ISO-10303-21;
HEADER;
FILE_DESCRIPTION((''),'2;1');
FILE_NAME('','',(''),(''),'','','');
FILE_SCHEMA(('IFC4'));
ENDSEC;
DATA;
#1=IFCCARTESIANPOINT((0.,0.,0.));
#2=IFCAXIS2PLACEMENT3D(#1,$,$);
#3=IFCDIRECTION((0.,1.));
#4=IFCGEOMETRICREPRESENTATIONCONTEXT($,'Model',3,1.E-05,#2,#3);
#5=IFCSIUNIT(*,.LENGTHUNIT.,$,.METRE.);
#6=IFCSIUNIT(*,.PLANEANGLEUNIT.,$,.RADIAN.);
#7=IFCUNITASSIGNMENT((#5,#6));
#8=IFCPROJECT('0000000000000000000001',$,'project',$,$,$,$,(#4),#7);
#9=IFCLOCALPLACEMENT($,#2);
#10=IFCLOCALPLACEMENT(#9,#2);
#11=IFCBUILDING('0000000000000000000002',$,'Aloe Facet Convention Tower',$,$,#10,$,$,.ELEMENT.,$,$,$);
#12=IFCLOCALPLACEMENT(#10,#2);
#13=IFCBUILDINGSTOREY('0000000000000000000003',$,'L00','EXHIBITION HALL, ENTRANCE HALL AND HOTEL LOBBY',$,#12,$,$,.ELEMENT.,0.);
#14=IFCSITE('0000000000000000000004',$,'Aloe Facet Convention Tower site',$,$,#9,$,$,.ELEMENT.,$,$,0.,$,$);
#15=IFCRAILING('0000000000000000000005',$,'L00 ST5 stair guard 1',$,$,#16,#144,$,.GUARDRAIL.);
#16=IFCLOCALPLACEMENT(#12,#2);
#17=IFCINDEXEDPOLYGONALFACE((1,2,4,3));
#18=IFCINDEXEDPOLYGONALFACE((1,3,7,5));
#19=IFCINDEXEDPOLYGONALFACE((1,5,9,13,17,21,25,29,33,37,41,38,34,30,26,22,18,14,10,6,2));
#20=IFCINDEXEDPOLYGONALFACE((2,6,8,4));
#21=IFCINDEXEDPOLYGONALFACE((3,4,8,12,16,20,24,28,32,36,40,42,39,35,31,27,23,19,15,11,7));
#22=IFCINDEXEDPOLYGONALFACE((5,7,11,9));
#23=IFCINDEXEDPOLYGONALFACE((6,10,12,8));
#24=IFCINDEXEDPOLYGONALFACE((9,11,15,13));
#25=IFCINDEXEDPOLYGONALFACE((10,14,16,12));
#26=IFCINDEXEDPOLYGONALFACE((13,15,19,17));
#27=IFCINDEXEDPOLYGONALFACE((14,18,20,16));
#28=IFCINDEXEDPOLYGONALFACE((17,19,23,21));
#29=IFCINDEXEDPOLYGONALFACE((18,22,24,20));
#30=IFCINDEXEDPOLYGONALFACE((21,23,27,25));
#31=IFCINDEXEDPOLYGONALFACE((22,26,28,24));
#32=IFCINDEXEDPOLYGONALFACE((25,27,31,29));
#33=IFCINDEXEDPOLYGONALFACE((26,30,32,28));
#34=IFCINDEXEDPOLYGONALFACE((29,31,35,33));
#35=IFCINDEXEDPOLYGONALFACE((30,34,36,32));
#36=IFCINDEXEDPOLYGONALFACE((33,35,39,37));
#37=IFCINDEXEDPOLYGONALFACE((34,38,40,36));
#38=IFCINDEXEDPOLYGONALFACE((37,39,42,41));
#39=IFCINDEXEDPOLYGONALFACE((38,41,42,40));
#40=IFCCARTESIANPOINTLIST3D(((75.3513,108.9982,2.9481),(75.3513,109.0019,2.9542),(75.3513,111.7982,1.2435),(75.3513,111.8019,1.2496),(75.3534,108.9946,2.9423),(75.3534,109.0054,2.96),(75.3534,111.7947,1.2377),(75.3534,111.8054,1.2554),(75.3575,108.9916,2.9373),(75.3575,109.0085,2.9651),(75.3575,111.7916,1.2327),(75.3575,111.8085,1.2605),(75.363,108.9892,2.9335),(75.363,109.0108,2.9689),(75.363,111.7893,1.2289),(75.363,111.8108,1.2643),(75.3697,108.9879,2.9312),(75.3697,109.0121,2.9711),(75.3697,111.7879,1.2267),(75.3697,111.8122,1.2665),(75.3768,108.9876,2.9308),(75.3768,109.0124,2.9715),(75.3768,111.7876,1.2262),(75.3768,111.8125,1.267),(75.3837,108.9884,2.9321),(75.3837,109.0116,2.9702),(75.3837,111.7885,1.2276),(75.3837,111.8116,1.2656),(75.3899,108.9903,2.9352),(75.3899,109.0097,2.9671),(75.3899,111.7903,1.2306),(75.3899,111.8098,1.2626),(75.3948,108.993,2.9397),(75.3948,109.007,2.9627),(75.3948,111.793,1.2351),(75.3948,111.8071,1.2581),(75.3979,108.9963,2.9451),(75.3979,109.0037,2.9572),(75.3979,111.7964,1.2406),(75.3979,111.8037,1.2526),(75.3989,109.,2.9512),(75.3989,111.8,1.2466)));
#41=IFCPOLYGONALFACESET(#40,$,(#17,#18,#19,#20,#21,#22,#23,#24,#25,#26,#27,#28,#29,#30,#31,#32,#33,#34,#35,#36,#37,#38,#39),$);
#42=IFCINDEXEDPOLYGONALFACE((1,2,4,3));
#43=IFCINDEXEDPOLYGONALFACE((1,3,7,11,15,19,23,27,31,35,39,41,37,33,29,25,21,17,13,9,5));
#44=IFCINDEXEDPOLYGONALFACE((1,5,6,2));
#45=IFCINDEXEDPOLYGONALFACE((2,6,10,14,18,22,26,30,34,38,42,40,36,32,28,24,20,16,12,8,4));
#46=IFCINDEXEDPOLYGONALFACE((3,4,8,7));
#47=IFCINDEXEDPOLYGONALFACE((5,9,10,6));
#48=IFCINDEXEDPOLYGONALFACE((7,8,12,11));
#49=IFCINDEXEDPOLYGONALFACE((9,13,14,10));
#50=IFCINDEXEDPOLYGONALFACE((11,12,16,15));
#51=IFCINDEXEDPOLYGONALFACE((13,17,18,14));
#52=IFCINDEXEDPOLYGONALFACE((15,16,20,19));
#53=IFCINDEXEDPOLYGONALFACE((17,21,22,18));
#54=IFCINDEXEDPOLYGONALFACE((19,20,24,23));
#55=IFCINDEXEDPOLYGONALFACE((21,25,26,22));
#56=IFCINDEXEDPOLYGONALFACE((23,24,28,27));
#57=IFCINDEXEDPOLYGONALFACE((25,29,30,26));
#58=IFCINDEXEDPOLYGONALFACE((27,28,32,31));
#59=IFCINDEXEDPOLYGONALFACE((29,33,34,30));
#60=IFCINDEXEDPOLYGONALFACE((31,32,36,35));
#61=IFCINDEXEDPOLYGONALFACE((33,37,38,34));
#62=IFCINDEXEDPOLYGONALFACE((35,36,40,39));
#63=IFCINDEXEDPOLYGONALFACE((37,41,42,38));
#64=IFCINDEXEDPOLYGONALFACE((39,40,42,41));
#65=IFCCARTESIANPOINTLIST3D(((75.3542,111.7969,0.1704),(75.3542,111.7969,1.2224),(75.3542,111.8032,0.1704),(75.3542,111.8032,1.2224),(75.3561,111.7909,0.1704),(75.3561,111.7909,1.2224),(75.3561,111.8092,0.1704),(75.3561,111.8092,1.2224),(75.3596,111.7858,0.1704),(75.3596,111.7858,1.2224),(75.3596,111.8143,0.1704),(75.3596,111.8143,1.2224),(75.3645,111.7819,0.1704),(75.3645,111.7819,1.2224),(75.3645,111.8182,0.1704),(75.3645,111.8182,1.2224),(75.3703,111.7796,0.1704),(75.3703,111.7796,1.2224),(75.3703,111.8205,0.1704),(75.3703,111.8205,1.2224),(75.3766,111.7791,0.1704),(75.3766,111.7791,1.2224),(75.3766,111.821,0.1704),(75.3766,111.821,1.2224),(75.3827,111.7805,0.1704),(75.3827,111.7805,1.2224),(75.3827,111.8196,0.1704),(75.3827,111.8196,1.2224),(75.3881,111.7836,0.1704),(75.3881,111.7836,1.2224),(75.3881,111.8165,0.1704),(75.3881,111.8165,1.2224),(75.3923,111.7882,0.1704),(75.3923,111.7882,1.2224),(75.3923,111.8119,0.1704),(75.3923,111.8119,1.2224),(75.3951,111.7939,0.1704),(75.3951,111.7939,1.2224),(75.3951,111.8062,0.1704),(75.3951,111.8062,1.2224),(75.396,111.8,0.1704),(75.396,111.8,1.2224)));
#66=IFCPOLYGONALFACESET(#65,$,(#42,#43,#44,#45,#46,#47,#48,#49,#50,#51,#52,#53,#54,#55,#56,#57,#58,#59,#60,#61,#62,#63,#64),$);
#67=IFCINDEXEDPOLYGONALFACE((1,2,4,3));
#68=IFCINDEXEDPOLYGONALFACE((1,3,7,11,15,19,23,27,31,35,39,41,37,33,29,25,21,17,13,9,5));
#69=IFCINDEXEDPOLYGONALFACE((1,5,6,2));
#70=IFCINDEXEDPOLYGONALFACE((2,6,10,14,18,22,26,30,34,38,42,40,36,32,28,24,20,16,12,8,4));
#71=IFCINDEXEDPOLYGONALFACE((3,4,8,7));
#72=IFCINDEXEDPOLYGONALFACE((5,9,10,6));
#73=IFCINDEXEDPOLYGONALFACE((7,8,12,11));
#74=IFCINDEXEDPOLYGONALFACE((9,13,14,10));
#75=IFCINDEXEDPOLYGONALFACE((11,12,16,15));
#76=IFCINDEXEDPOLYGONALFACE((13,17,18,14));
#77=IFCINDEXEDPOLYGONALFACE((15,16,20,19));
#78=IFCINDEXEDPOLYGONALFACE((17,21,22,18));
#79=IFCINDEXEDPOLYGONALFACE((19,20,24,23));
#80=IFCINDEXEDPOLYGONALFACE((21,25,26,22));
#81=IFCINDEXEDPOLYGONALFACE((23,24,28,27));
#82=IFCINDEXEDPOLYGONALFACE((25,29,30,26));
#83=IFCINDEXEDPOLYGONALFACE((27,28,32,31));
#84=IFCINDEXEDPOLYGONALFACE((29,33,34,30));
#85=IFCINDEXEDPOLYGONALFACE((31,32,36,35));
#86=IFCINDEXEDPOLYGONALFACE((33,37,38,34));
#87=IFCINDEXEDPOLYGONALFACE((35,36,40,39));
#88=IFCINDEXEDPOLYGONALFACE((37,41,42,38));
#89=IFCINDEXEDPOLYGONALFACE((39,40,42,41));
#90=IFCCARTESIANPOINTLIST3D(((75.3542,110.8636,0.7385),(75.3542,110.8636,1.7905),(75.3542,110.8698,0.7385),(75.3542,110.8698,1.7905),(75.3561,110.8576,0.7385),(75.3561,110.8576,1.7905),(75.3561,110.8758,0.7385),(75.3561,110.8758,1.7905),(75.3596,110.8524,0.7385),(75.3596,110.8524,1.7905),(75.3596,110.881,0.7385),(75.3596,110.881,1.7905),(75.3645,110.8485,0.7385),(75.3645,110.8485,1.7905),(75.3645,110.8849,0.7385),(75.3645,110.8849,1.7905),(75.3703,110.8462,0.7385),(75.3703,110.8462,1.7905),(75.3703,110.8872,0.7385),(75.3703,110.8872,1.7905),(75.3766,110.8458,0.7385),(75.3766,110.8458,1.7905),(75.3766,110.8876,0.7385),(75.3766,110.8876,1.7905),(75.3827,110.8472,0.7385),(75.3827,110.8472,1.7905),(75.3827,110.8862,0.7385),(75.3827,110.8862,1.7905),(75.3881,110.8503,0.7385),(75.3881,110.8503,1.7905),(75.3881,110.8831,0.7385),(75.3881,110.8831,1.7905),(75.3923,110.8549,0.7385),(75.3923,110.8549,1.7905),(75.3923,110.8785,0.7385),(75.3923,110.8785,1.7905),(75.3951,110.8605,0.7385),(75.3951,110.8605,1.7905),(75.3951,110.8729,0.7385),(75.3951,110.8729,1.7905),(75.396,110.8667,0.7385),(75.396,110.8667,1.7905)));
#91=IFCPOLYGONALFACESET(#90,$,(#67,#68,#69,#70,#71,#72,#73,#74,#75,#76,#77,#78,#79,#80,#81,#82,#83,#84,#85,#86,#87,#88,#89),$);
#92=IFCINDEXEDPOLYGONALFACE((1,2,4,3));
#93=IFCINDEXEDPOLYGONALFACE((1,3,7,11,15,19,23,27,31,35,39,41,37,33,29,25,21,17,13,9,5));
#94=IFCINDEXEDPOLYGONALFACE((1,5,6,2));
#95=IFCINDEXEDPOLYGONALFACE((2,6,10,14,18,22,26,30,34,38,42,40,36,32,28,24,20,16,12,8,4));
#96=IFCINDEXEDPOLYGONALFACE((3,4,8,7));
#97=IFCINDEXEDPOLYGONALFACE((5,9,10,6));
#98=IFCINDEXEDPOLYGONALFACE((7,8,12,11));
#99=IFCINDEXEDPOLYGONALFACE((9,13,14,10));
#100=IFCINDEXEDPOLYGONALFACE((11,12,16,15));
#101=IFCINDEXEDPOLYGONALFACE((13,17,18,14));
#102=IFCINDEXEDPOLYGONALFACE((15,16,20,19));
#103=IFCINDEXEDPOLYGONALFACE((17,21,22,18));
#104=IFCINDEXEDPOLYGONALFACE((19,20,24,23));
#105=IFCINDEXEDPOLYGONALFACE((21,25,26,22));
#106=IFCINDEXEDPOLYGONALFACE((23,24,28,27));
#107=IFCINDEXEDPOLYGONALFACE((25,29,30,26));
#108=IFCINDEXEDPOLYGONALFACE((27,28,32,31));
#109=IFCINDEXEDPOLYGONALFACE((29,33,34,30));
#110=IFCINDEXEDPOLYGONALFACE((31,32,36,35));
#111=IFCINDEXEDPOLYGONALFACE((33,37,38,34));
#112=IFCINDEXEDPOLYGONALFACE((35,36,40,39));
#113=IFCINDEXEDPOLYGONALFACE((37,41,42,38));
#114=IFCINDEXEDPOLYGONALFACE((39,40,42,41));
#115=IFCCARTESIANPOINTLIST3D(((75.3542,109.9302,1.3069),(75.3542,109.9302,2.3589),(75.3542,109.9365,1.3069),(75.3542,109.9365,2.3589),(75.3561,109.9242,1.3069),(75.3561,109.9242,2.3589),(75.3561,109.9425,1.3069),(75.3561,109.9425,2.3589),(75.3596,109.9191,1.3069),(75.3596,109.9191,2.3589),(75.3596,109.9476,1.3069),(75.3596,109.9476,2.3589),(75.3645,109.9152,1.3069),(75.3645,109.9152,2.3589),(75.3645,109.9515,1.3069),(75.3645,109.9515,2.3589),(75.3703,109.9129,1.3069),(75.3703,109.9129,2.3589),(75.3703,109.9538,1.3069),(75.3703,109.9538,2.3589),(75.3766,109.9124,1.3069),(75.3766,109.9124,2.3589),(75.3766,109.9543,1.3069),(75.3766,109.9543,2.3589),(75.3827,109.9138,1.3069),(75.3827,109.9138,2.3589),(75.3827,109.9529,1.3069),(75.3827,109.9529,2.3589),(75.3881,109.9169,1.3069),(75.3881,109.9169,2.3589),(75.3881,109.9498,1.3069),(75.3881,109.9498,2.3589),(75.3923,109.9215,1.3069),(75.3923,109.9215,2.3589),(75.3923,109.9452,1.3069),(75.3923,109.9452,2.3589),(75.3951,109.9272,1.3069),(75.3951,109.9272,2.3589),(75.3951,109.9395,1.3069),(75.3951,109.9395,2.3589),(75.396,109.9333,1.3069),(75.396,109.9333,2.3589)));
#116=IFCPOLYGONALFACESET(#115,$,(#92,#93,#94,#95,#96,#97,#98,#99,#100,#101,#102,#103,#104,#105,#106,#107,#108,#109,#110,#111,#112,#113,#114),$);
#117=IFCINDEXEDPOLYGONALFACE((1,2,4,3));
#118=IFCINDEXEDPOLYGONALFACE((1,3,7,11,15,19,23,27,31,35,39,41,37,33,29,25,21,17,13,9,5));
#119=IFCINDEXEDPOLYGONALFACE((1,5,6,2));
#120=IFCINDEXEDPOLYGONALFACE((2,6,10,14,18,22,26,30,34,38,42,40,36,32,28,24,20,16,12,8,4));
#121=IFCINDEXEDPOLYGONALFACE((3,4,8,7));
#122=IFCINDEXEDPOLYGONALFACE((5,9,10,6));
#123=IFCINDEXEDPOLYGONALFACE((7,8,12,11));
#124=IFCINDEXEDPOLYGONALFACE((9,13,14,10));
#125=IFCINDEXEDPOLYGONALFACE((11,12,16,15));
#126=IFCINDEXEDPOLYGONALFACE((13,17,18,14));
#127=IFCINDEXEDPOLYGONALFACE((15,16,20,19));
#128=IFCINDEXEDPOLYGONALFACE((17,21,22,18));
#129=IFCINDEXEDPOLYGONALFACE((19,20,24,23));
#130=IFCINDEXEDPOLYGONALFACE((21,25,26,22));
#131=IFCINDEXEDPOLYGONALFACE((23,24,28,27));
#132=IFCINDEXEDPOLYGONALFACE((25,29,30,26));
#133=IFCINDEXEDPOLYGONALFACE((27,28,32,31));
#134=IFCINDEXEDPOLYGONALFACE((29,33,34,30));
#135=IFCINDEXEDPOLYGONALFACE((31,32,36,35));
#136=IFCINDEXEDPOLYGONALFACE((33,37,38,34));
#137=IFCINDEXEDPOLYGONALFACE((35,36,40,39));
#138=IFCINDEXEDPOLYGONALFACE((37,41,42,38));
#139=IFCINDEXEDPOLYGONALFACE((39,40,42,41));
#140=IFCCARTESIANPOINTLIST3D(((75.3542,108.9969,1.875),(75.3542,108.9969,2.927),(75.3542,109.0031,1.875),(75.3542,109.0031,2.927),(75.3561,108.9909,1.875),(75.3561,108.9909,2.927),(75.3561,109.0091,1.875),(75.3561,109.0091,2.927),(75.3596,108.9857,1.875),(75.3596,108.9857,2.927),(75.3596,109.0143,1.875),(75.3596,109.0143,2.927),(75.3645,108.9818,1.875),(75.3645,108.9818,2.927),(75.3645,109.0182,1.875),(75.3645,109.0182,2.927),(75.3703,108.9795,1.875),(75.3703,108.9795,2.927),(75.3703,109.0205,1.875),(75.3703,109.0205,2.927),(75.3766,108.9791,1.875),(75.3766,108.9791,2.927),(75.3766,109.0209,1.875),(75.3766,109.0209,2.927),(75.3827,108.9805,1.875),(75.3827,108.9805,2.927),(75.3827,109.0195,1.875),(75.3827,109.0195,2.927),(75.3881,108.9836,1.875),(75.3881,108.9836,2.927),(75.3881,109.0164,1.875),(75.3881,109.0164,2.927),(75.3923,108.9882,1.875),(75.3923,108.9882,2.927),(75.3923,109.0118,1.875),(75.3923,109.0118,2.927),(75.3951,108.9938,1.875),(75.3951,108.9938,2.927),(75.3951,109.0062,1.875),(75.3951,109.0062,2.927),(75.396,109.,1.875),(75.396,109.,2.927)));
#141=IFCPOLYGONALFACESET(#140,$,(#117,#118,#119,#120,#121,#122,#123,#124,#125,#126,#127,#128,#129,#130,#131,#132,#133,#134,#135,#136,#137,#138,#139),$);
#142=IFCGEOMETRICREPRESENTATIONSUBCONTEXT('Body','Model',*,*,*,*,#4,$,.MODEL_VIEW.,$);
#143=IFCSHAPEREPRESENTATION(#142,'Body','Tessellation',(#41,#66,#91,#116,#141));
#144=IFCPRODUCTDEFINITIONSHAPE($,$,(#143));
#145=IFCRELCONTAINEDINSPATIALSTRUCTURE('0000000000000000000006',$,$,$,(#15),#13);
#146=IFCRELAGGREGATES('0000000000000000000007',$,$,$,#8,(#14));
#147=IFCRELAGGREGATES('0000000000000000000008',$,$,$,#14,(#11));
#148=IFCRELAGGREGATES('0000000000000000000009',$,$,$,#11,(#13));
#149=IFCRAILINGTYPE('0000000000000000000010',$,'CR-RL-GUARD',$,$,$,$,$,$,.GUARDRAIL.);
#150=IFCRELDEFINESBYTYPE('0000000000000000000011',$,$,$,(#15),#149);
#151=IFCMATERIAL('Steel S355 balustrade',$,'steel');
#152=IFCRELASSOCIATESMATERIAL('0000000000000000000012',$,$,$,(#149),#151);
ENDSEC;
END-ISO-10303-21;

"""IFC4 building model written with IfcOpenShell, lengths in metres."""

from ifc_helpers import new_model, si_unit, direction, frame, origin, origin_2d, place, context, subcontext, project, spatial, circle, extrude, material, type_object, element, save


model = new_model("IFC4")

# Units and contexts
model_context = context("Model", 3, precision=1e-05, world=origin(), true_north=direction((0.0, 1.0)))
body_context = subcontext(model_context, "Body", "Model", "MODEL_VIEW")
ifc_project = project(units=[si_unit("LENGTHUNIT", "METRE"), si_unit("PLANEANGLEUNIT", "RADIAN")], contexts=[model_context])

# Site, building, storey
site_placement = place(None, origin())
site = spatial("IfcSite", under=ifc_project, at=site_placement, Name="Aloe Facet Convention Tower site", CompositionType="ELEMENT", RefElevation=0.0)
building_placement = place(site_placement, origin())
building = spatial("IfcBuilding", under=site, at=building_placement, Name="Aloe Facet Convention Tower", CompositionType="ELEMENT")
storey_placement = place(building_placement, origin())
storey = spatial("IfcBuildingStorey", under=building, at=storey_placement, Name="L00", Description="EXHIBITION HALL, ENTRANCE HALL AND HOTEL LOBBY", CompositionType="ELEMENT", Elevation=0.0)

# Railing
ifc_material_1 = material(Name="Steel S355 balustrade", Category="steel")
railing_type_1 = type_object("IfcRailingType", Name="CR-RL-GUARD", PredefinedType="GUARDRAIL", material=ifc_material_1)
railing_1_placement = place(storey_placement, frame((75.375, 111.8, 0.1704)))
element("IfcRailing", 1, at=railing_1_placement, inside=storey, type_object=railing_type_1, Name="L00 ST5 stair guard 1", PredefinedType="GUARDRAIL", context=body_context, shape_type="SweptSolid", body=[
    extrude(circle(Radius=0.0239, at=origin_2d()), frame((0.0, 0.0, 1.0762), z_axis=(0.0, -0.85417, 0.519994), x_axis=(1.0, 0.0, 0.0)), (0.0, 0.0, 1.0), 3.2781),
    extrude(circle(Radius=0.021, at=origin_2d()), origin(), (0.0, 0.0, 1.0), 1.052),
    extrude(circle(Radius=0.021, at=origin_2d()), frame((0.0, -0.9333, 0.5681)), (0.0, 0.0, 1.0), 1.052),
    extrude(circle(Radius=0.021, at=origin_2d()), frame((0.0, -1.8667, 1.1365)), (0.0, 0.0, 1.0), 1.052),
    extrude(circle(Radius=0.021, at=origin_2d()), frame((0.0, -2.8, 1.7046)), (0.0, 0.0, 1.0), 1.052),
])

save(model, "model.ifc")
